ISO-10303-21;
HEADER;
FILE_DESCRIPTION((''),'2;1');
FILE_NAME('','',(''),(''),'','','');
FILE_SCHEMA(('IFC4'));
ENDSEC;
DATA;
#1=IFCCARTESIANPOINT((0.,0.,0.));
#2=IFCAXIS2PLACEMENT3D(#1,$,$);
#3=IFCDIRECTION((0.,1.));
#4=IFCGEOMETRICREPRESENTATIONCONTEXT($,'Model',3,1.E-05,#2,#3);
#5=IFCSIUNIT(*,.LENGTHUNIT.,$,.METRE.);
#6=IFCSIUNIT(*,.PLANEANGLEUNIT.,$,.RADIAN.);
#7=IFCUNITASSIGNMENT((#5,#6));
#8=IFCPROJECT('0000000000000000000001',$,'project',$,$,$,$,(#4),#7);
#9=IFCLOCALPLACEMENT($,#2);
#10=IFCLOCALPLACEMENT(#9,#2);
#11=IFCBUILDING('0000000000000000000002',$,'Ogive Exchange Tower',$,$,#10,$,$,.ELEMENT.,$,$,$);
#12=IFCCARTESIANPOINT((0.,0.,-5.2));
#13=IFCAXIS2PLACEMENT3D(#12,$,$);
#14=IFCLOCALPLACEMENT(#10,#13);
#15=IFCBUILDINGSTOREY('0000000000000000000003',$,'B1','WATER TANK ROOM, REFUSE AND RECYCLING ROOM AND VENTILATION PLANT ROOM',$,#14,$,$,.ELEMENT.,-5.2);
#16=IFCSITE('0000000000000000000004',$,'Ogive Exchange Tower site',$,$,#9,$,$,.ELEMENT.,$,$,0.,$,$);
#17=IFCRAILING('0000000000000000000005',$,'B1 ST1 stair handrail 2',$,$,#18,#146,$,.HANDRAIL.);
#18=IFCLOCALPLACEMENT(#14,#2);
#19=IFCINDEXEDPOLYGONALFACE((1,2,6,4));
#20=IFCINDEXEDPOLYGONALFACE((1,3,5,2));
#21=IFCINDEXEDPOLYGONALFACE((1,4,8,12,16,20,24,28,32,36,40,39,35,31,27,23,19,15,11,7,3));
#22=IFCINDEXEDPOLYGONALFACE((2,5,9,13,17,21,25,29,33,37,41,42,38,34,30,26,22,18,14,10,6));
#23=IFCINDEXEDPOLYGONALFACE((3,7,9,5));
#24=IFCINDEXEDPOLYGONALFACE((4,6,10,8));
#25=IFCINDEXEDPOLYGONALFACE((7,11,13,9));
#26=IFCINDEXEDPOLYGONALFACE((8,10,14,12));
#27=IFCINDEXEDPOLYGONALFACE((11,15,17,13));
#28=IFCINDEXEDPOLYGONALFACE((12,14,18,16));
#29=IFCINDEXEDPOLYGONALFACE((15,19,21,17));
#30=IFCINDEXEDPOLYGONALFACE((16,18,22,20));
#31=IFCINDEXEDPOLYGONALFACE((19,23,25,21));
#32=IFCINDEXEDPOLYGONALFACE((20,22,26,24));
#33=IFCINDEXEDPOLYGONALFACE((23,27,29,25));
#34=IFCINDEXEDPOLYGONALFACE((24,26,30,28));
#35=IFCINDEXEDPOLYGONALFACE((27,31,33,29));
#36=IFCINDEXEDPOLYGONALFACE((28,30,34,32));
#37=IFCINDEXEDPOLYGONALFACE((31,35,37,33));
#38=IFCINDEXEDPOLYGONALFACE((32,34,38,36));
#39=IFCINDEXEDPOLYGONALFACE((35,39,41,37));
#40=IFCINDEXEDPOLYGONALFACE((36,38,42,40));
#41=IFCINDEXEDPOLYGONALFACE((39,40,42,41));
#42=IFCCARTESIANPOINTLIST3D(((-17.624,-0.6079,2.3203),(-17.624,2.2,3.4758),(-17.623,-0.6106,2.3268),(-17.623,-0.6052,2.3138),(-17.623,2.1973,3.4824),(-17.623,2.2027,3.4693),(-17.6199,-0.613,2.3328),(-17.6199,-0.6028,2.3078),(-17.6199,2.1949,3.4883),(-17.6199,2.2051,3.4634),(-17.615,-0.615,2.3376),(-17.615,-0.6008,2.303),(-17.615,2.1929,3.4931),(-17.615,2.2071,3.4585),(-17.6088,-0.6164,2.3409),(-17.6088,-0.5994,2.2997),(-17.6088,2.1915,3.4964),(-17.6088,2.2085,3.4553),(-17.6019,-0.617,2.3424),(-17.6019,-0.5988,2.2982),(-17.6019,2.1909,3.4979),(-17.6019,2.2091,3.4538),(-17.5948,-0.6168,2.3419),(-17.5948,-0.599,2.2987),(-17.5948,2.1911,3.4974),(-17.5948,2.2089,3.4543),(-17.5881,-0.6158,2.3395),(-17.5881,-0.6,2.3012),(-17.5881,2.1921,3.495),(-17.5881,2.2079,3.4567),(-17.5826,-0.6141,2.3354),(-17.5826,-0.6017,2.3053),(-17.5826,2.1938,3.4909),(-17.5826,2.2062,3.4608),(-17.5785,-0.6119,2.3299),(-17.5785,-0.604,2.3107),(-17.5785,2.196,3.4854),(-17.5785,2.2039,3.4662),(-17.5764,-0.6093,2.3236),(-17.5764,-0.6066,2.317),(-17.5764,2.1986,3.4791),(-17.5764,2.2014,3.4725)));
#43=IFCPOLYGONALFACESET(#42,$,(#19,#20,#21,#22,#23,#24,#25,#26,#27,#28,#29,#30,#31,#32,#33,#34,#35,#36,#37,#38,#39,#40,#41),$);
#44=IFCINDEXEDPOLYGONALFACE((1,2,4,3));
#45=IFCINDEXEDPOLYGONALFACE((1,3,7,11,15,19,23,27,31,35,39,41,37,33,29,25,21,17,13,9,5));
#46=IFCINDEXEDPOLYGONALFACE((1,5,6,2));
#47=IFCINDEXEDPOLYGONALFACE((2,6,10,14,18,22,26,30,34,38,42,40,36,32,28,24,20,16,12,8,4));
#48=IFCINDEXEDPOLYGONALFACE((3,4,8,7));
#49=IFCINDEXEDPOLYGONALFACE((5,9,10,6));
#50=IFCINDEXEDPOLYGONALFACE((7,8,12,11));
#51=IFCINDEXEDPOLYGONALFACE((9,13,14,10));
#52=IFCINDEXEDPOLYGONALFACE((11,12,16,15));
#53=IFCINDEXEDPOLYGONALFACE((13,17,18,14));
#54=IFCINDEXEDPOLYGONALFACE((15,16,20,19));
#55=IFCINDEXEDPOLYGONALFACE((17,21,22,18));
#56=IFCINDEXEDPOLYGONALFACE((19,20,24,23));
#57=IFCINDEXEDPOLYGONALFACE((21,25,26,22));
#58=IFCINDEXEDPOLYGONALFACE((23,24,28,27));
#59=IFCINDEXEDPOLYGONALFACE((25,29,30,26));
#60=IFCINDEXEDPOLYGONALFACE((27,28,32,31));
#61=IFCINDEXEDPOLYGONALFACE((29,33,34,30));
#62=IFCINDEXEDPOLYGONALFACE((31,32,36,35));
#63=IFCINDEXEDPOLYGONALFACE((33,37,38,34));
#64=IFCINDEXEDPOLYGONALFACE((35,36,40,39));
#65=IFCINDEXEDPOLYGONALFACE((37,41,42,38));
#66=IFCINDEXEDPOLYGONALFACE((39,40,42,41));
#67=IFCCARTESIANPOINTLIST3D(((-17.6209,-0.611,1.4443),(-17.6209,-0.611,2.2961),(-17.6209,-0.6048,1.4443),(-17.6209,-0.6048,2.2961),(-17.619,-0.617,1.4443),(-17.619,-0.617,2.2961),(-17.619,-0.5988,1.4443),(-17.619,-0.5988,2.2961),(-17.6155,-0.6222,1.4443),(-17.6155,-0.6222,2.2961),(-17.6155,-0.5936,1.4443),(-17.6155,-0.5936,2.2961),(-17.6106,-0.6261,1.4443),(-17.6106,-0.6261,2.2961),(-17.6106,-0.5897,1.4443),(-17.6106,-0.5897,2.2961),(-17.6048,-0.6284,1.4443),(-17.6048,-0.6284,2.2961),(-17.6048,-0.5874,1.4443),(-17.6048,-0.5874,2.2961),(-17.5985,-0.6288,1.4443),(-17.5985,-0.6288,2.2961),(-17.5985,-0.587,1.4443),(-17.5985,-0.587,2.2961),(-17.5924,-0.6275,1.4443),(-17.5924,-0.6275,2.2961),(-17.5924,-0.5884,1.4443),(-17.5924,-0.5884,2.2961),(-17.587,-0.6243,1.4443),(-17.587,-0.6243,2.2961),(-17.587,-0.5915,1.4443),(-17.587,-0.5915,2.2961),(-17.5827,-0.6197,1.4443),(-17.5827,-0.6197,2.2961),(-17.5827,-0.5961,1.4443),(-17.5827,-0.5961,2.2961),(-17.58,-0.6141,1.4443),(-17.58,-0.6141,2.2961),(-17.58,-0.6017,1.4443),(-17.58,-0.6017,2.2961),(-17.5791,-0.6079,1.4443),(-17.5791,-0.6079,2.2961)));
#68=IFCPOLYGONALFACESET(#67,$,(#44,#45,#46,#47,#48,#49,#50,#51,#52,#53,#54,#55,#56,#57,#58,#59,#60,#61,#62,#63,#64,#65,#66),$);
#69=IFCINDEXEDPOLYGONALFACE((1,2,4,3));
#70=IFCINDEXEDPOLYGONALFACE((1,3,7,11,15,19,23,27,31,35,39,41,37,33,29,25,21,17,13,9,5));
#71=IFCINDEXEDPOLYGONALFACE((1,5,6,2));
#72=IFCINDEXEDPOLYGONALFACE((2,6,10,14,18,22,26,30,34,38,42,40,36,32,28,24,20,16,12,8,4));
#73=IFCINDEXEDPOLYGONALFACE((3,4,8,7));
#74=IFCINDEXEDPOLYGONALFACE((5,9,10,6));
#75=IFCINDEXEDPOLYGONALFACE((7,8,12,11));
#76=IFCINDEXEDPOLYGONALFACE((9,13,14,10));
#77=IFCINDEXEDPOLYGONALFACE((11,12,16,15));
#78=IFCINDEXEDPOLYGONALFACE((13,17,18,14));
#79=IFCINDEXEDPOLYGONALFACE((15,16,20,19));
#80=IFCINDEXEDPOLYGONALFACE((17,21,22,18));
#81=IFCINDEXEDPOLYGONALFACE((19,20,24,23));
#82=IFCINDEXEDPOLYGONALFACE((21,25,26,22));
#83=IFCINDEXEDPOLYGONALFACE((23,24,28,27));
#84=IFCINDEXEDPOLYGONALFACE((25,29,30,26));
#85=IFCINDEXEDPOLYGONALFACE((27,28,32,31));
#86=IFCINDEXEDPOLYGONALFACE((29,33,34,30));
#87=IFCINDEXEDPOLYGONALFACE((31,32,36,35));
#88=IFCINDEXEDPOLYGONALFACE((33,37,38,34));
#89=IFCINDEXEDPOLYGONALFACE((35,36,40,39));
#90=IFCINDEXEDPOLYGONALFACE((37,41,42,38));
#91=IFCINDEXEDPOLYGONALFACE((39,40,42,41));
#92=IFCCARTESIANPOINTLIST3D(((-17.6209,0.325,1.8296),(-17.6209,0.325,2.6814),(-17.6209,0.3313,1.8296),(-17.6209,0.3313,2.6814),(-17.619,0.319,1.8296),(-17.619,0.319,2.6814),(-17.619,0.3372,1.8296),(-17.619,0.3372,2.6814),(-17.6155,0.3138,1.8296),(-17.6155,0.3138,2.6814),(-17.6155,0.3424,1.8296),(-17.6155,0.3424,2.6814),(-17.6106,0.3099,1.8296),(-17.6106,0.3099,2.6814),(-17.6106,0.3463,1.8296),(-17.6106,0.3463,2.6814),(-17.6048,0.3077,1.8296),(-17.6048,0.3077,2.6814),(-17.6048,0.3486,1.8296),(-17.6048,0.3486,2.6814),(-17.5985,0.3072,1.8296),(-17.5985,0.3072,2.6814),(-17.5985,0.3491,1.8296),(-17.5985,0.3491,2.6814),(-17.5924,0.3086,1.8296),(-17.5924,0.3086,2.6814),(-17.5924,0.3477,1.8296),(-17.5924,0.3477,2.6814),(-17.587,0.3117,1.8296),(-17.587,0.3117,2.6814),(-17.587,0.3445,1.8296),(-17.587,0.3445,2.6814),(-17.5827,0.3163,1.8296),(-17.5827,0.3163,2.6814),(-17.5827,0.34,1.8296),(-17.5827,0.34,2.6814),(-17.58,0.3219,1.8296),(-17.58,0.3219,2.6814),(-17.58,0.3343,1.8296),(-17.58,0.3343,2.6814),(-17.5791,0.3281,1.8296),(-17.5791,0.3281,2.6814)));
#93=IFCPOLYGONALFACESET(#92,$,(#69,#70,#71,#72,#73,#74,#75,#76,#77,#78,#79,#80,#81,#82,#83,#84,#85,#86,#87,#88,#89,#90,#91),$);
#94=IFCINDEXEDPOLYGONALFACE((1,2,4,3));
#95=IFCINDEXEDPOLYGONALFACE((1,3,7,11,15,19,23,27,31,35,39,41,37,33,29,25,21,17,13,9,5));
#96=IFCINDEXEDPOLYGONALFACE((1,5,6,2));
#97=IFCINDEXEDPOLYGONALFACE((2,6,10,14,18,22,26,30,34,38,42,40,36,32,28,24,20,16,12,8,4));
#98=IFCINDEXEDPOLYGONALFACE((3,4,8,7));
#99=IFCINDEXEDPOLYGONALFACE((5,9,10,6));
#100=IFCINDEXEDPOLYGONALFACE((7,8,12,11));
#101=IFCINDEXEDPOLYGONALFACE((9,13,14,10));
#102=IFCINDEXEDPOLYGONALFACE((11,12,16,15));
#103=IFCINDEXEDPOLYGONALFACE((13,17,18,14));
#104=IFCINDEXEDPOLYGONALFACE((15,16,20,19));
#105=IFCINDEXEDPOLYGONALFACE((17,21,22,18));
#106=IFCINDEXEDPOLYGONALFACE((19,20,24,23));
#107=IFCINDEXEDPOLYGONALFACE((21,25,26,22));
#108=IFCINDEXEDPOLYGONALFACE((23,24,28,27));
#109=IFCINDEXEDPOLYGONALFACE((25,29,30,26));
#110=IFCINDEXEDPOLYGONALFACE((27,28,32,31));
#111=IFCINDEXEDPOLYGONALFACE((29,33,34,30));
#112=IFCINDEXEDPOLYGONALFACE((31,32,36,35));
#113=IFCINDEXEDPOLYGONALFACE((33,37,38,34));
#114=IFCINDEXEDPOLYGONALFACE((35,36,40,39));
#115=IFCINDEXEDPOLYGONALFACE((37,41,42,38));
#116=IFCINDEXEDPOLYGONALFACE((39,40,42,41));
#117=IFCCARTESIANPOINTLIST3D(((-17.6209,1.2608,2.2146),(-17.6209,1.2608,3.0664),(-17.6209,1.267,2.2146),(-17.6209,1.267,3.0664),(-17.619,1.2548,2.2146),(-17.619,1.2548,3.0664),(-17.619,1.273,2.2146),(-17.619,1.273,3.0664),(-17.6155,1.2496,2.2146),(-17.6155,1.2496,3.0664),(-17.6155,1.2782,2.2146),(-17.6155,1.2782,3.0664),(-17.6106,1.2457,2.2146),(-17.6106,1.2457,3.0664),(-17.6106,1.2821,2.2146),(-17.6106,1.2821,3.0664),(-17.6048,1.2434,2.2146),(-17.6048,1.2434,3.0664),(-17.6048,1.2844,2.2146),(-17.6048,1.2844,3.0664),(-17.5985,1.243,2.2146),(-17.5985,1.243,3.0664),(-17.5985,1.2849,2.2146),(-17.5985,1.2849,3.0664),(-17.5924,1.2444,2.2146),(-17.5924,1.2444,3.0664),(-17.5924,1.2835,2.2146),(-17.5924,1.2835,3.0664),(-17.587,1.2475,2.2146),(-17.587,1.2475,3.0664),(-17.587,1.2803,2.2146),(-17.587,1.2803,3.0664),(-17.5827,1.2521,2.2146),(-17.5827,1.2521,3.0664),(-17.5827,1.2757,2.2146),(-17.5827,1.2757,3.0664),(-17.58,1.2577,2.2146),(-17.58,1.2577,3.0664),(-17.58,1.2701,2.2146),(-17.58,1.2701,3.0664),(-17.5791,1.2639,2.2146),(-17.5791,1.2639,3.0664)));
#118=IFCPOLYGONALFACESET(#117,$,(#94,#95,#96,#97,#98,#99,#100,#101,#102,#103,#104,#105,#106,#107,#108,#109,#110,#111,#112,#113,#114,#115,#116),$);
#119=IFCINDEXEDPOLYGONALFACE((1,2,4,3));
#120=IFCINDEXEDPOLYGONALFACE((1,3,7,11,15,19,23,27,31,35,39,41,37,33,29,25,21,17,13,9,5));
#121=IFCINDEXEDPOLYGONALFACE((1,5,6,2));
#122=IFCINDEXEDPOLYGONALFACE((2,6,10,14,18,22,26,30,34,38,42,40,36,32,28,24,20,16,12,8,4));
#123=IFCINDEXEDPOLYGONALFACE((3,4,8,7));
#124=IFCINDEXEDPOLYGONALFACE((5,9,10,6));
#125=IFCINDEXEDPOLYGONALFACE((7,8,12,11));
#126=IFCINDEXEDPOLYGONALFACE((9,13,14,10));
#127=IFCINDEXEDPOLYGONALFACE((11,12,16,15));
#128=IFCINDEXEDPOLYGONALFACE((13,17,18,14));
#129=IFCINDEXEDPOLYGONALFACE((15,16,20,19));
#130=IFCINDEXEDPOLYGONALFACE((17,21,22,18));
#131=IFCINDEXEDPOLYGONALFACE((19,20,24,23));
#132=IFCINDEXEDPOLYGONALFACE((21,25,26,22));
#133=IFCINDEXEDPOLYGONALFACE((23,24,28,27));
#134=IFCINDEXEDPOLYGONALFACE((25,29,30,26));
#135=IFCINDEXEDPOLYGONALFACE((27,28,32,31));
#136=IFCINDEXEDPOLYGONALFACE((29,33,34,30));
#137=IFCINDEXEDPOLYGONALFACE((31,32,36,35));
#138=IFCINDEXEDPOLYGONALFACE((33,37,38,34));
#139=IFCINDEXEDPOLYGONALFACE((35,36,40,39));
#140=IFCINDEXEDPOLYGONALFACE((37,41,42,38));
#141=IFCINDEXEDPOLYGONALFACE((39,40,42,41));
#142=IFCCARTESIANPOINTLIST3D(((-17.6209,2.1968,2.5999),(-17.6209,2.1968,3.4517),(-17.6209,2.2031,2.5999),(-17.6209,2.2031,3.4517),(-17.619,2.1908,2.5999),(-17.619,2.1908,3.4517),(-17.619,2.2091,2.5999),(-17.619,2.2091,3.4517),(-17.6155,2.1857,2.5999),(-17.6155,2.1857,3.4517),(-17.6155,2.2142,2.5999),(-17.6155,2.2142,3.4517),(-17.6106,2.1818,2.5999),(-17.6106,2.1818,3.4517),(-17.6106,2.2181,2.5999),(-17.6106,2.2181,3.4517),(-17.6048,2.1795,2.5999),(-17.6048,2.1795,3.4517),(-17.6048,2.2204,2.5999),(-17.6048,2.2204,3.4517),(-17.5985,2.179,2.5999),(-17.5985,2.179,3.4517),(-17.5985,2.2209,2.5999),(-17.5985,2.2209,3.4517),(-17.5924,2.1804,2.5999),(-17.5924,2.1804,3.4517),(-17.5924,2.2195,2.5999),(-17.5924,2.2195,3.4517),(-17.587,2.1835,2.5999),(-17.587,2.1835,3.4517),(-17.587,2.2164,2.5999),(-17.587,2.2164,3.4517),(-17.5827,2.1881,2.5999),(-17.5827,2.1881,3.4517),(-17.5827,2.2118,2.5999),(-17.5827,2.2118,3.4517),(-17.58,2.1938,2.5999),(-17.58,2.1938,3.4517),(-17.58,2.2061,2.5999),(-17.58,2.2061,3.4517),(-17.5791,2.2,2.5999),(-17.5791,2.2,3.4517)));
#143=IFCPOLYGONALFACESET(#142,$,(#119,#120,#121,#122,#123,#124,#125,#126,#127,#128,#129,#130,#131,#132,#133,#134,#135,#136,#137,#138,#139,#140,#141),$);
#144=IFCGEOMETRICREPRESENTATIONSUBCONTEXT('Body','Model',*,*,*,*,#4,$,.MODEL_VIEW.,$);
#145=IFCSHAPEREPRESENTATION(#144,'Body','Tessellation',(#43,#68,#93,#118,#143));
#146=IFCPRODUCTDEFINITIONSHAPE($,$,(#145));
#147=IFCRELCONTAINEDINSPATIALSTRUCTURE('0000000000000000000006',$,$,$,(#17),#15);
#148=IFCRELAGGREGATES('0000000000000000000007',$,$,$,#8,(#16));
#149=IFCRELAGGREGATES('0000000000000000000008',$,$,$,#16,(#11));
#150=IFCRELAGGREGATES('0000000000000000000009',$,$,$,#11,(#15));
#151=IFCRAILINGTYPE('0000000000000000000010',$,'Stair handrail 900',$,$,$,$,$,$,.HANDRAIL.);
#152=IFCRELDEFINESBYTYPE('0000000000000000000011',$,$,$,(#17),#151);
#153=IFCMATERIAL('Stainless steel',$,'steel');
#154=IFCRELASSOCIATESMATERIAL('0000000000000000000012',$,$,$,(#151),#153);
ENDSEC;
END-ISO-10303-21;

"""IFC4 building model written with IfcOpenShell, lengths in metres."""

from ifc_helpers import new_model, si_unit, direction, frame, origin, origin_2d, place, context, subcontext, project, spatial, circle, extrude, material, type_object, element, save


model = new_model("IFC4")

# Units and contexts
model_context = context("Model", 3, precision=1e-05, world=origin(), true_north=direction((0.0, 1.0)))
body_context = subcontext(model_context, "Body", "Model", "MODEL_VIEW")
ifc_project = project(units=[si_unit("LENGTHUNIT", "METRE"), si_unit("PLANEANGLEUNIT", "RADIAN")], contexts=[model_context])

# Site, building, storey
site_placement = place(None, origin())
site = spatial("IfcSite", under=ifc_project, at=site_placement, Name="Ogive Exchange Tower site", CompositionType="ELEMENT", RefElevation=0.0)
building_placement = place(site_placement, origin())
building = spatial("IfcBuilding", under=site, at=building_placement, Name="Ogive Exchange Tower", CompositionType="ELEMENT")
storey_placement = place(building_placement, frame((0.0, 0.0, -5.2)))
storey = spatial("IfcBuildingStorey", under=building, at=storey_placement, Name="B1", Description="WATER TANK ROOM, REFUSE AND RECYCLING ROOM AND VENTILATION PLANT ROOM", CompositionType="ELEMENT", Elevation=-5.2)

# Shared definitions
ifc_material_1 = material(Name="Stainless steel", Category="steel")

# Railing
railing_type = type_object("IfcRailingType", Name="Stair handrail 900", PredefinedType="HANDRAIL", material=ifc_material_1)
railing_1_placement = place(storey_placement, frame((-17.6001, -0.6079, 1.4443)))
element("IfcRailing", 1, at=railing_1_placement, inside=storey, type_object=railing_type, Name="B1 ST1 stair handrail 2", PredefinedType="HANDRAIL", context=body_context, shape_type="SweptSolid", body=[
    extrude(circle(Radius=0.0239, at=origin_2d()), frame((0.0, 0.0, 0.876), z_axis=(0.0, 0.924755, 0.380564), x_axis=(-1.0, 0.0, 0.0)), (0.0, 0.0, 1.0), 3.0364),
    extrude(circle(Radius=0.021, at=origin_2d()), origin(), (0.0, 0.0, 1.0), 0.8518),
    extrude(circle(Radius=0.021, at=origin_2d()), frame((0.0, 0.936, 0.3853)), (0.0, 0.0, 1.0), 0.8518),
    extrude(circle(Radius=0.021, at=origin_2d()), frame((0.0, 1.8718, 0.7703)), (0.0, 0.0, 1.0), 0.8518),
    extrude(circle(Radius=0.021, at=origin_2d()), frame((0.0, 2.8079, 1.1555)), (0.0, 0.0, 1.0), 0.8518),
])

save(model, "model.ifc")
